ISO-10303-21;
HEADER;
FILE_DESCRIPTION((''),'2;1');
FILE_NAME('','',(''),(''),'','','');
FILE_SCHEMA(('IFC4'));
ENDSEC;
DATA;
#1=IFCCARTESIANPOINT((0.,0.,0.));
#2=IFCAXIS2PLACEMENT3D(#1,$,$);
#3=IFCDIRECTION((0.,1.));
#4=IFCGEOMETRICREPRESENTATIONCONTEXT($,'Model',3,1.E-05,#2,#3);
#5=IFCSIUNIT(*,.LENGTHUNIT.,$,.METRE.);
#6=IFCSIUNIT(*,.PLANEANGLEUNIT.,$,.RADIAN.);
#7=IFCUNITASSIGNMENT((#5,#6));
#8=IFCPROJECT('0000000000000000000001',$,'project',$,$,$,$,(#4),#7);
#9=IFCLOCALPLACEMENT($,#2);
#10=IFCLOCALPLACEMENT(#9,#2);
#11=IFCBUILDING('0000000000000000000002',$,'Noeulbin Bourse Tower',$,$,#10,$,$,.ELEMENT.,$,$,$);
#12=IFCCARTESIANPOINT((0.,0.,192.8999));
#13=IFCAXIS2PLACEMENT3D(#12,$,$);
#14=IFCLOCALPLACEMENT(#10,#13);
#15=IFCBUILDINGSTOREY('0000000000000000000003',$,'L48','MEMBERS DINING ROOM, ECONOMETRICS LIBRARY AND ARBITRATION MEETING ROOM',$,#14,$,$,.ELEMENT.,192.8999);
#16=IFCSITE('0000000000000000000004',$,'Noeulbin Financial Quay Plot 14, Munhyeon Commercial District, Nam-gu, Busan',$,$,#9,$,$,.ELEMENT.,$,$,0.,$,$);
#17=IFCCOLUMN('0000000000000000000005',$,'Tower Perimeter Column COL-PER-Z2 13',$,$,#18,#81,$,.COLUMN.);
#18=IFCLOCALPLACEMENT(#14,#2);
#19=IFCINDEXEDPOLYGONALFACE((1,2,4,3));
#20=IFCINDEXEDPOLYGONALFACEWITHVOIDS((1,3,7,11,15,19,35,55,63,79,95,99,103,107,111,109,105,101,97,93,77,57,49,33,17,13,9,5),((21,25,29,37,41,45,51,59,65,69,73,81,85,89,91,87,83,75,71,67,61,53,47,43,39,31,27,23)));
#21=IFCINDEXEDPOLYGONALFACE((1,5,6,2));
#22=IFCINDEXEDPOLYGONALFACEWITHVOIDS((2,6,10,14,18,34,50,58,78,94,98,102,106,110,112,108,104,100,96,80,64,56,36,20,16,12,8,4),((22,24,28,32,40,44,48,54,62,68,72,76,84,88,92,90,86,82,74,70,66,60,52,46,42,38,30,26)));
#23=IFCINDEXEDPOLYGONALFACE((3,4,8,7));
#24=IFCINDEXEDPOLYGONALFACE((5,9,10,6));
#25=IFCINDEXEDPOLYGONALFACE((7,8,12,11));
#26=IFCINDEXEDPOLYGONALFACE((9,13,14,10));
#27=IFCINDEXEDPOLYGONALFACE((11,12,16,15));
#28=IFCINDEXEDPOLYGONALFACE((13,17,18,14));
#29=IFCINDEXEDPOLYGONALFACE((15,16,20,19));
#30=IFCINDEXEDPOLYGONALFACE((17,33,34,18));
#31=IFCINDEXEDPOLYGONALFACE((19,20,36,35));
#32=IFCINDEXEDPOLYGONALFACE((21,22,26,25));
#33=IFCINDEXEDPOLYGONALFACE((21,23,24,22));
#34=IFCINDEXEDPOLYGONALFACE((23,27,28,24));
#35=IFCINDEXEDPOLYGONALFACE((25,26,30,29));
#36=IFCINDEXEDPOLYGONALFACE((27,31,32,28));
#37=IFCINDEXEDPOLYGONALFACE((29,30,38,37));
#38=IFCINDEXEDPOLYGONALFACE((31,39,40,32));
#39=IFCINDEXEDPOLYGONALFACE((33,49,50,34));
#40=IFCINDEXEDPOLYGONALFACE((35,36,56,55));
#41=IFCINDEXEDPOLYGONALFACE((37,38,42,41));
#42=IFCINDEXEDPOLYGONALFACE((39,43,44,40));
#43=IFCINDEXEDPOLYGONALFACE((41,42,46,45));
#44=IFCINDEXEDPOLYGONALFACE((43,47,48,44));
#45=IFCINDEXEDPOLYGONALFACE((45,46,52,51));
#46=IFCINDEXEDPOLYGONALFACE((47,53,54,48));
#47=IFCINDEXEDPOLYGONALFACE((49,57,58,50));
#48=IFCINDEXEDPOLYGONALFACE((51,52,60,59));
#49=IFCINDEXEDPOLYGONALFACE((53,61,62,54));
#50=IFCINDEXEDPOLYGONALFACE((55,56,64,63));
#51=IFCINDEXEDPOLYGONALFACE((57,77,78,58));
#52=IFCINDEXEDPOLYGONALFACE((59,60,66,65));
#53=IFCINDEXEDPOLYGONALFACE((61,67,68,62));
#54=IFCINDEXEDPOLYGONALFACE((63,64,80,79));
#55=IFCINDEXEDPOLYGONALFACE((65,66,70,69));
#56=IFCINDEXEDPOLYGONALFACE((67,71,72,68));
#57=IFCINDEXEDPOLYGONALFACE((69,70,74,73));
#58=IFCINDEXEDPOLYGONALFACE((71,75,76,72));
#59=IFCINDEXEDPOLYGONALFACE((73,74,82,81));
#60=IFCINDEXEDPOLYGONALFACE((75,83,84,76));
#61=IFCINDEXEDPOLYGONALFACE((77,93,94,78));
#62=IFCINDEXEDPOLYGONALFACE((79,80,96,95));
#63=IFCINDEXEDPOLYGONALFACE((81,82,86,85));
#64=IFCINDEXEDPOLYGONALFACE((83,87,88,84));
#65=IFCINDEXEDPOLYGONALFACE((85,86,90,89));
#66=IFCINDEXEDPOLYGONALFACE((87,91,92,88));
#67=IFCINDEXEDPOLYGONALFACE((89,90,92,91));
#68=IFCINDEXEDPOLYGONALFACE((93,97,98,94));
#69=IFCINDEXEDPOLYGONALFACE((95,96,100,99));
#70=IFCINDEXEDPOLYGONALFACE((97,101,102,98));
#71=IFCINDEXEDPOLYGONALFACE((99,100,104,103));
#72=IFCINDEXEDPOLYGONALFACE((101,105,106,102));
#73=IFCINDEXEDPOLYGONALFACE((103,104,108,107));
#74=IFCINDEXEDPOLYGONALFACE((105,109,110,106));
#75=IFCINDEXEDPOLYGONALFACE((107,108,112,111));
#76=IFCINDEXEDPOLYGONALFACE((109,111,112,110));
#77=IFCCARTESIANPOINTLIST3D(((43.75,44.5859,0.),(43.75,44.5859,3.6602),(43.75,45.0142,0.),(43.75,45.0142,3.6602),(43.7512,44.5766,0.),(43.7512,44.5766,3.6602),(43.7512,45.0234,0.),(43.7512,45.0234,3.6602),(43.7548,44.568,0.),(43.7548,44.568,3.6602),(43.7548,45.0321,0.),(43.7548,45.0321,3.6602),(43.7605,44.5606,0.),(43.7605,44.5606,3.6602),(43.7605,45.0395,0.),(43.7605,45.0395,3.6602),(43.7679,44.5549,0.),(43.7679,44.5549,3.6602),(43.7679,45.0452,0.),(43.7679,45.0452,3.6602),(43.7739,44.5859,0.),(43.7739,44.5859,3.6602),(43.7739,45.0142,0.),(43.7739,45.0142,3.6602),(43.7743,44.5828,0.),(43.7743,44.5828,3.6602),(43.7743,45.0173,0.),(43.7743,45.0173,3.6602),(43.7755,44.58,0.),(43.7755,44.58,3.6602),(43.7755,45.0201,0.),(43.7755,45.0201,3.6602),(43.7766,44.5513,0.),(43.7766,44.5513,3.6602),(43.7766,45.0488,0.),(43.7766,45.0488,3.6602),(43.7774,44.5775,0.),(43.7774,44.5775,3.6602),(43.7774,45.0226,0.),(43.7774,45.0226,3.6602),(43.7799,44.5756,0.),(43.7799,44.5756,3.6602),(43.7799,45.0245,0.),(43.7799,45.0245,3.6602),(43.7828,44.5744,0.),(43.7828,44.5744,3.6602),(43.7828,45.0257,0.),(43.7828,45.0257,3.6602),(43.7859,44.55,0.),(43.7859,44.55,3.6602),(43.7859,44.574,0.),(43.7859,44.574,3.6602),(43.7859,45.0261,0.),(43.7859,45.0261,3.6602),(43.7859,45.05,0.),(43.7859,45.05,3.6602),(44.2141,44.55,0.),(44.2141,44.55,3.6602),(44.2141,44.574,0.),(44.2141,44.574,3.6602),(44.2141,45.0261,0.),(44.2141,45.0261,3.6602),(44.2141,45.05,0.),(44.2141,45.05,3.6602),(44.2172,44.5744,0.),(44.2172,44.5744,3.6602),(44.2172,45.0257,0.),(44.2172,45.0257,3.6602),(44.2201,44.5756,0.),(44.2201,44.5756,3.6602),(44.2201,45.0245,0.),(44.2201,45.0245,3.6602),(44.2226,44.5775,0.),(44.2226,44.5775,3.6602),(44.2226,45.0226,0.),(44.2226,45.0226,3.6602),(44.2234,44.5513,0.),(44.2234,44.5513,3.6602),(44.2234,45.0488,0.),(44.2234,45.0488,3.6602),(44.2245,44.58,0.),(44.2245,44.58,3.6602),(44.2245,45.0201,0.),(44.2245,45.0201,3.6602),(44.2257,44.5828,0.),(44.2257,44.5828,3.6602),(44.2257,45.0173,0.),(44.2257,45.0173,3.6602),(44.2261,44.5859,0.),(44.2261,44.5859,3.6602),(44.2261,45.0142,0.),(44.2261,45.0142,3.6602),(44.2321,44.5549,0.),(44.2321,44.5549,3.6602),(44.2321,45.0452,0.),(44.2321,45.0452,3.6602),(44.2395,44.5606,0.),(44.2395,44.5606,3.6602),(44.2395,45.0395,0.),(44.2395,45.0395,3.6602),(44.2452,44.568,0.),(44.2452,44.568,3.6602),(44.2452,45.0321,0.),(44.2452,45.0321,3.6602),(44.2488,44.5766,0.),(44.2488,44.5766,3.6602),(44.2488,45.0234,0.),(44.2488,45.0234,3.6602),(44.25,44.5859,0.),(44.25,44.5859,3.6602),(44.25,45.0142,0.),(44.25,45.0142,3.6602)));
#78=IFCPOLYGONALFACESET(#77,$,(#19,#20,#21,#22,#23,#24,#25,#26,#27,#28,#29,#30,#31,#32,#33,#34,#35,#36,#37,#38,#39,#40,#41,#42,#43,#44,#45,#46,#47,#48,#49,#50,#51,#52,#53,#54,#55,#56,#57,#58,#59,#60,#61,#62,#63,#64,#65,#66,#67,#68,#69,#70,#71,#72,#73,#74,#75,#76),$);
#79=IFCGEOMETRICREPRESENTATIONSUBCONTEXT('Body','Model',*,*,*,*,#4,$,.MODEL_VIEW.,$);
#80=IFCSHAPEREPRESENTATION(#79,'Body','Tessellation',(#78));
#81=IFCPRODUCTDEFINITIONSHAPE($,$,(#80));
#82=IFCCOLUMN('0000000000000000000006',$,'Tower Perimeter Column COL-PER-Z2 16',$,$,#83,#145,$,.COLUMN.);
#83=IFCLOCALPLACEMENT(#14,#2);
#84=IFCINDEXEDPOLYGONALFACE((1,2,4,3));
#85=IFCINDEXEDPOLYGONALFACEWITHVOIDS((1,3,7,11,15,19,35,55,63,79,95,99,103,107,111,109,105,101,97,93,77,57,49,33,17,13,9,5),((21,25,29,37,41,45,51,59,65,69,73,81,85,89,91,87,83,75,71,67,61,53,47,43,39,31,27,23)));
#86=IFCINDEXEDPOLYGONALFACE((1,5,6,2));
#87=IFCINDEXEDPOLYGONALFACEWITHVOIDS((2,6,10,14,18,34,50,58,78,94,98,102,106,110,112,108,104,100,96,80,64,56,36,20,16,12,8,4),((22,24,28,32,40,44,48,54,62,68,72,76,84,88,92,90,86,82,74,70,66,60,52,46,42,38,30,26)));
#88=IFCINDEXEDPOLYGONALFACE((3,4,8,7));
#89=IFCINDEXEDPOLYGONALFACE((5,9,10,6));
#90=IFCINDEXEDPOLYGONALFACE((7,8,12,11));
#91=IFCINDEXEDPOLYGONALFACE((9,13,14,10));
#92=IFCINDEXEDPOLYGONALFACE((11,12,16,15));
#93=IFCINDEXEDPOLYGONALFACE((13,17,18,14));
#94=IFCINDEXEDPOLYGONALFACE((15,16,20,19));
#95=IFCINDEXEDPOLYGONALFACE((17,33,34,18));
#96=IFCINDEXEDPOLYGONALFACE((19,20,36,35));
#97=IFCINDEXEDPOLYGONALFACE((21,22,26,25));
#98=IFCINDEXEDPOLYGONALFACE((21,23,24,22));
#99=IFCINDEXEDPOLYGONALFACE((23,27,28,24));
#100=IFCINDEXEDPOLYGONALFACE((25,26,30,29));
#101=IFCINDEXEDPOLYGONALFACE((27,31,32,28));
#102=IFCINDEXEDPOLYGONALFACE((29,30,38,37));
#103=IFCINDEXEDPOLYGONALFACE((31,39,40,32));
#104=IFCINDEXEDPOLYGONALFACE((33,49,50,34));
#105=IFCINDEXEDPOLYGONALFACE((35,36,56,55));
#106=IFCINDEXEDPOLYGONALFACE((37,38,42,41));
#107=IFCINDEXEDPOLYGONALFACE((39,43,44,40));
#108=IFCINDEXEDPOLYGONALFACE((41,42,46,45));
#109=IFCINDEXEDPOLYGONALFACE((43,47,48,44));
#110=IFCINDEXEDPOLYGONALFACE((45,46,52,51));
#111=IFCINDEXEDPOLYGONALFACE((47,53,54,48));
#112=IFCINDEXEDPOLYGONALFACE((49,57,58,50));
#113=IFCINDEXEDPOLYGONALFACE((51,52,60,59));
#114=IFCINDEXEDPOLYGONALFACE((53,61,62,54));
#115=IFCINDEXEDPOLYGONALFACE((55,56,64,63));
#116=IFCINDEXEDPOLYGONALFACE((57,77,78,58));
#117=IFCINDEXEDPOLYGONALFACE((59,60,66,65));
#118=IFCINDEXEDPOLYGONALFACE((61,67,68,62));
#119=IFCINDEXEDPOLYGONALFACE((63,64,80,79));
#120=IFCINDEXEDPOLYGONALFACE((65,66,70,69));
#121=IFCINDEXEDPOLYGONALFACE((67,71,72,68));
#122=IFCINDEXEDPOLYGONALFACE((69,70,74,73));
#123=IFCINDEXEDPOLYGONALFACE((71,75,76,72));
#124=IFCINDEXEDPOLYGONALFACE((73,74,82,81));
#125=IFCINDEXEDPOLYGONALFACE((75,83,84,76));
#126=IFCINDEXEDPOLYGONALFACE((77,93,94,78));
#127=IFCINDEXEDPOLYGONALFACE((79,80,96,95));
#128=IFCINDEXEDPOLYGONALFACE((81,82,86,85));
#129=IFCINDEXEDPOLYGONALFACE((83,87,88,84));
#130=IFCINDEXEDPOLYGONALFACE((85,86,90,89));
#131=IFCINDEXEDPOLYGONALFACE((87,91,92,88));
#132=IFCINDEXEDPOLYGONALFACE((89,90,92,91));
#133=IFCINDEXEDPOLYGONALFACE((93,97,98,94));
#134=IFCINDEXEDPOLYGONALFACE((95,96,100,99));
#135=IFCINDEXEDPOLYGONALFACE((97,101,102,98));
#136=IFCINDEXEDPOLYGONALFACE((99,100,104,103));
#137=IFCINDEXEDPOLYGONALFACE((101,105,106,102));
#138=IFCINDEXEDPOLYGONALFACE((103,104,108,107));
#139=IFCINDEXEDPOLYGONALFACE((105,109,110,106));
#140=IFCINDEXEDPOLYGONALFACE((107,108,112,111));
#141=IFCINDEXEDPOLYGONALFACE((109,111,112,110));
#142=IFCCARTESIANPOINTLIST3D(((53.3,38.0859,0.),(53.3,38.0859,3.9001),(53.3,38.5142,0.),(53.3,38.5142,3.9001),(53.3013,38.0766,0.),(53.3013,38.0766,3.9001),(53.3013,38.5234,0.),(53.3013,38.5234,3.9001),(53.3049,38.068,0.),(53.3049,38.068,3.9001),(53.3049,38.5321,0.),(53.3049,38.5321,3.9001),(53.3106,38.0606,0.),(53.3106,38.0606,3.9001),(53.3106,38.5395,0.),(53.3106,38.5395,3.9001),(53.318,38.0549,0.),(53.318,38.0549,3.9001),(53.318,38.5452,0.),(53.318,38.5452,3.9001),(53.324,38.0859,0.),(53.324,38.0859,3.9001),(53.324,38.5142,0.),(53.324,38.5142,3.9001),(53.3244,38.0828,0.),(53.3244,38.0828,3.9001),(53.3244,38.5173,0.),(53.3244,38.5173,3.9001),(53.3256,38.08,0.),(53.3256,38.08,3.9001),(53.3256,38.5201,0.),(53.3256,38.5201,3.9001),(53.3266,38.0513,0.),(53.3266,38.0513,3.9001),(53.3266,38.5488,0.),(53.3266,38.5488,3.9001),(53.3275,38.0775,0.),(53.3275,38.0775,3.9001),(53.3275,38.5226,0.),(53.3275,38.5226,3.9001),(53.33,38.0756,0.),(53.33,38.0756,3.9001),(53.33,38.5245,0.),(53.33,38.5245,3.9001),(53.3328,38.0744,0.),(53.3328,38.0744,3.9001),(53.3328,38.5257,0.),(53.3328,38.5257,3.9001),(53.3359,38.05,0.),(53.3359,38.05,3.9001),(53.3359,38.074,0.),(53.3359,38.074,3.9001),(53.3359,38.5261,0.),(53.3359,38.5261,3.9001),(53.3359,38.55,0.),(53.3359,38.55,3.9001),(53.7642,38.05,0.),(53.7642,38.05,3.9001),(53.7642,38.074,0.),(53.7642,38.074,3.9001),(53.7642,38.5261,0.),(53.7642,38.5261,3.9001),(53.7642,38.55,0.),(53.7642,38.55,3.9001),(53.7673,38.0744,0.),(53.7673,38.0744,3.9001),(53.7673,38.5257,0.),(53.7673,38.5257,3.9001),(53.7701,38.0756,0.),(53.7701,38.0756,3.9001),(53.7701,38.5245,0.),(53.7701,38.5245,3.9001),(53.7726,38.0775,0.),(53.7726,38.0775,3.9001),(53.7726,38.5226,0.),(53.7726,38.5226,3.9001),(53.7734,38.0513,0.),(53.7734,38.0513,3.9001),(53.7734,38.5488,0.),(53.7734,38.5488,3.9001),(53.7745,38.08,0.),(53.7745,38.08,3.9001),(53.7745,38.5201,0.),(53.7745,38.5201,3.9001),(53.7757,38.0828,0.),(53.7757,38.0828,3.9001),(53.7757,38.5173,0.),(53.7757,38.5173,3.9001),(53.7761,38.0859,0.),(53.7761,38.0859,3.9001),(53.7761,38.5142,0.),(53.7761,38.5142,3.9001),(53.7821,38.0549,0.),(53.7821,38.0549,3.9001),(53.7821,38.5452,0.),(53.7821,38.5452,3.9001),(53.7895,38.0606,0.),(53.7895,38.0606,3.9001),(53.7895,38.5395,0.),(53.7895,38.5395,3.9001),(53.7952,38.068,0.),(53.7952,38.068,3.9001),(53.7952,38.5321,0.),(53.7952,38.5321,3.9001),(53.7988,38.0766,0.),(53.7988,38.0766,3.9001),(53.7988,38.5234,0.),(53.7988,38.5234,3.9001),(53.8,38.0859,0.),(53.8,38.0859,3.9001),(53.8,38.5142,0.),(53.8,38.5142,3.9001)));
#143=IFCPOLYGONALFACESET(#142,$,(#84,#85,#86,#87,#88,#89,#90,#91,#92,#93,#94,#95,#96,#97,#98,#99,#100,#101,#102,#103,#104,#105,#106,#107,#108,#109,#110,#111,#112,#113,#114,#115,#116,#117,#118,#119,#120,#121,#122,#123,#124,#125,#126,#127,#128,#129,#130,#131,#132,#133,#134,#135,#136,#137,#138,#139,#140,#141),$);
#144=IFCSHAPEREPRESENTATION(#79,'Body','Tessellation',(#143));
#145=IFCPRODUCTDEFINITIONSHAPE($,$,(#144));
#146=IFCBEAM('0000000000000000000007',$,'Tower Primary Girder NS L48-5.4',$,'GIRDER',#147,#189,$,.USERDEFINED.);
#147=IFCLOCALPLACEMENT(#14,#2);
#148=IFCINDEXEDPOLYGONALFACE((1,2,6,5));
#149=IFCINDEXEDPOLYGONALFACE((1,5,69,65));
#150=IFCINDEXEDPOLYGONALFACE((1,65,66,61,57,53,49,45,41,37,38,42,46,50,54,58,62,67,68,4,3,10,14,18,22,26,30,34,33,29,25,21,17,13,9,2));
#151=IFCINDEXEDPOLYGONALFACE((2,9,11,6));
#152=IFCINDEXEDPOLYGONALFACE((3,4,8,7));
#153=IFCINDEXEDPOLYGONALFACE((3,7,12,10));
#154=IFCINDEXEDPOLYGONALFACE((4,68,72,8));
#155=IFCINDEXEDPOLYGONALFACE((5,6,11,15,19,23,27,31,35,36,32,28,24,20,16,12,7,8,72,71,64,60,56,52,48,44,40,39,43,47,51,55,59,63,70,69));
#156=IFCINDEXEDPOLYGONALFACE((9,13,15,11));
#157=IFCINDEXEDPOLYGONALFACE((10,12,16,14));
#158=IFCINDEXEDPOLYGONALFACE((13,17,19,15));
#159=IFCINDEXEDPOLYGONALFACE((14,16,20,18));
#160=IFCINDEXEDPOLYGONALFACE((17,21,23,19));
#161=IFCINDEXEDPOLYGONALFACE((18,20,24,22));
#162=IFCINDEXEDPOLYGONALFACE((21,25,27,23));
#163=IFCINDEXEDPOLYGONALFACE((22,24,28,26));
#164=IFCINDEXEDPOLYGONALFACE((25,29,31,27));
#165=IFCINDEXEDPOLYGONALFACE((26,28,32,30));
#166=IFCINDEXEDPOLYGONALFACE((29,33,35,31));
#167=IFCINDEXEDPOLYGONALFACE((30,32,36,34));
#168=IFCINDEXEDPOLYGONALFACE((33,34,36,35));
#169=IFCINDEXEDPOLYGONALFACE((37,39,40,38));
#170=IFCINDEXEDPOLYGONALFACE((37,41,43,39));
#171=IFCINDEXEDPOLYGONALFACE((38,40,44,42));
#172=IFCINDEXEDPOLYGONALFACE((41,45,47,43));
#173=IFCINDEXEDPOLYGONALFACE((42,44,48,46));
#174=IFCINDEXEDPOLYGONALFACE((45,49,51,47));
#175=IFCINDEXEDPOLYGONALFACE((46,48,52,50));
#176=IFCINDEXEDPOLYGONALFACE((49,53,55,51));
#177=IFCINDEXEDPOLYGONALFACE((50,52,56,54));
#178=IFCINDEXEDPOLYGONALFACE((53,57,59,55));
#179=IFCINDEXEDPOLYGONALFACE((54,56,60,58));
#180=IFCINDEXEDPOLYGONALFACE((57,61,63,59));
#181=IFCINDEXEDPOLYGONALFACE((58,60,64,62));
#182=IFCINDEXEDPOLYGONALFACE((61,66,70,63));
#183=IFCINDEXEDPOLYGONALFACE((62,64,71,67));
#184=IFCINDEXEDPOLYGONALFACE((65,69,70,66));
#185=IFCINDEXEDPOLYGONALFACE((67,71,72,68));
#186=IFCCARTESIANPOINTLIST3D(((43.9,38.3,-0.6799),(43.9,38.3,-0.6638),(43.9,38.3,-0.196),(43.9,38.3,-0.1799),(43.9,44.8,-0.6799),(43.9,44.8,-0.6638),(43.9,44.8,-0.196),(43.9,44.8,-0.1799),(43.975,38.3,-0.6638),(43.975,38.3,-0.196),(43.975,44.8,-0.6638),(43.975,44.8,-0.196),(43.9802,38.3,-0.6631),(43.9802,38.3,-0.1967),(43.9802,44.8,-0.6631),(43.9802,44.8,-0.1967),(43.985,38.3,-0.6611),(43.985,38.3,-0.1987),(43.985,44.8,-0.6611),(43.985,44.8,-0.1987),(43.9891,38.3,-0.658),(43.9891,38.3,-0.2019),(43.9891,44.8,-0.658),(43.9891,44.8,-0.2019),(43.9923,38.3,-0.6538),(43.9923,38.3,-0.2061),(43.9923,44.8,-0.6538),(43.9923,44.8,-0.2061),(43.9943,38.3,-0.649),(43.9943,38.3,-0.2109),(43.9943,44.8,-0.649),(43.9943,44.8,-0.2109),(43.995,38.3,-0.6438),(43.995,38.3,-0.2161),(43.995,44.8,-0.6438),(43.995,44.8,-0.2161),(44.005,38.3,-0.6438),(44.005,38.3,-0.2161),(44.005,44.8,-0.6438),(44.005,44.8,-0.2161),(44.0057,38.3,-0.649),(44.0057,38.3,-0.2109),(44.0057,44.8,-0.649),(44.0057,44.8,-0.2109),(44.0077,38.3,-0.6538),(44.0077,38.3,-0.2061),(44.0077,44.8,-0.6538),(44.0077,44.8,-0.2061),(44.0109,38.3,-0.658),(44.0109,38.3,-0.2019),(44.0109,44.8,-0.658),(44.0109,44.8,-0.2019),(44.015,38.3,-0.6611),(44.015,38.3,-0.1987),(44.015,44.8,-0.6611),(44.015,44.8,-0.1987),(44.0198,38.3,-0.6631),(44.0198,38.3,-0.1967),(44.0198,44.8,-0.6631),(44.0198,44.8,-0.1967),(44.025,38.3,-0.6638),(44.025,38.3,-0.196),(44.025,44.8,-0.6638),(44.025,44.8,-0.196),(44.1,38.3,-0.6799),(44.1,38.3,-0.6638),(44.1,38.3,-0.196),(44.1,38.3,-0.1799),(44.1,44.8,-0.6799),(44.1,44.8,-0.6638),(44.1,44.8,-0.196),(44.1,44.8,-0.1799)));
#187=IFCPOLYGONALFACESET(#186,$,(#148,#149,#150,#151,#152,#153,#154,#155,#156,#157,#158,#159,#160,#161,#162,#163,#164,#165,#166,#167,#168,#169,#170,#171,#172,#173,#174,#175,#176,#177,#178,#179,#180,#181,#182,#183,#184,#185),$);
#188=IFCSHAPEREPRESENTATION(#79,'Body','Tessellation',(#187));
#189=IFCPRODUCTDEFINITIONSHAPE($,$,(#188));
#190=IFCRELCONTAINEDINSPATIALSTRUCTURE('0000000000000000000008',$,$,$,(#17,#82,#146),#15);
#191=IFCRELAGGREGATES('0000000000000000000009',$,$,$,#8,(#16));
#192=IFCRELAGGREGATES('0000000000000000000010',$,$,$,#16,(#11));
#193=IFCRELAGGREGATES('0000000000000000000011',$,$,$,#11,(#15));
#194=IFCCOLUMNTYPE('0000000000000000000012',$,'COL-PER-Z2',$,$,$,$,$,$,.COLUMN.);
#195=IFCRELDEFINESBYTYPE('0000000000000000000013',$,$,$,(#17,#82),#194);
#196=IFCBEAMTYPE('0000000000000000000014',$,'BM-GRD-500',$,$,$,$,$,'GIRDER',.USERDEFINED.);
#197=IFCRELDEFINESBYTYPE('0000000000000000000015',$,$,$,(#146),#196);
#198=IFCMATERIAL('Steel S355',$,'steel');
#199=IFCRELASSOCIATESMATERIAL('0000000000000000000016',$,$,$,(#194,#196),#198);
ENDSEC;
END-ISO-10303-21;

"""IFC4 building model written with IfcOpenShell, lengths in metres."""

from ifc_helpers import new_model, si_unit, direction, frame, origin, origin_2d, place, context, subcontext, project, spatial, hollow_rectangle, i_section, extrude, material, material_profile, profile_set, type_object, element, save


model = new_model("IFC4")

# Units and contexts
model_context = context("Model", 3, precision=1e-05, world=origin(), true_north=direction((0.0, 1.0)))
body_context = subcontext(model_context, "Body", "Model", "MODEL_VIEW")
ifc_project = project(units=[si_unit("LENGTHUNIT", "METRE"), si_unit("PLANEANGLEUNIT", "RADIAN")], contexts=[model_context])

# Site, building, storey
site_placement = place(None, origin())
site = spatial("IfcSite", under=ifc_project, at=site_placement, Name="Noeulbin Financial Quay Plot 14, Munhyeon Commercial District, Nam-gu, Busan", CompositionType="ELEMENT", RefElevation=0.0)
building_placement = place(site_placement, origin())
building = spatial("IfcBuilding", under=site, at=building_placement, Name="Noeulbin Bourse Tower", CompositionType="ELEMENT")
storey_placement = place(building_placement, frame((0.0, 0.0, 192.8999)))
storey = spatial("IfcBuildingStorey", under=building, at=storey_placement, Name="L48", Description="MEMBERS DINING ROOM, ECONOMETRICS LIBRARY AND ARBITRATION MEETING ROOM", CompositionType="ELEMENT", Elevation=192.8999)

# Columns
ifc_material_1 = material(Name="Steel S355", Category="steel")
ifc_material_profile_1 = material_profile(ifc_material_1, hollow_rectangle(XDim=0.5, YDim=0.5, WallThickness=0.0239, InnerFilletRadius=0.012, OuterFilletRadius=0.0359, at=origin_2d()), Name="BOX-500x500x24", Category="LoadBearing")
ifc_profile_set_1 = profile_set([ifc_material_profile_1], Name="Steel S355")
column_type = type_object("IfcColumnType", Name="COL-PER-Z2", PredefinedType="COLUMN", material=ifc_profile_set_1)
column_1_placement = place(storey_placement, frame((44.0, 44.8, 0.0), z_axis=(0.0, 0.0, 1.0), x_axis=(1.0, 0.0, 0.0)))
element("IfcColumn", 1, at=column_1_placement, inside=storey, type_object=column_type, Name="Tower Perimeter Column COL-PER-Z2 13", PredefinedType="COLUMN", context=body_context, shape_type="SweptSolid", body=[
    extrude(hollow_rectangle(XDim=0.5, YDim=0.5, WallThickness=0.0239, InnerFilletRadius=0.012, OuterFilletRadius=0.0359, at=origin_2d()), origin(), (0.0, 0.0, 1.0), 3.6602),
])
column_2_placement = place(storey_placement, frame((53.55, 38.3, 0.0), z_axis=(0.0, 0.0, 1.0), x_axis=(1.0, 0.0, 0.0)))
element("IfcColumn", 2, at=column_2_placement, inside=storey, type_object=column_type, Name="Tower Perimeter Column COL-PER-Z2 16", PredefinedType="COLUMN", context=body_context, shape_type="SweptSolid", body=[
    extrude(hollow_rectangle(XDim=0.5, YDim=0.5, WallThickness=0.0239, InnerFilletRadius=0.012, OuterFilletRadius=0.0359, at=origin_2d()), origin(), (0.0, 0.0, 1.0), 3.9001),
])

# Beam
ifc_material_profile_2 = material_profile(ifc_material_1, i_section(OverallWidth=0.2, OverallDepth=0.5, WebThickness=0.01, FlangeThickness=0.0161, FilletRadius=0.02, at=origin_2d()), Name="H-500x200x10x16", Category="LoadBearing")
ifc_profile_set_2 = profile_set([ifc_material_profile_2], Name="Steel S355")
beam_type_1 = type_object("IfcBeamType", Name="BM-GRD-500", ElementType="GIRDER", PredefinedType="USERDEFINED", material=ifc_profile_set_2)
beam_placement = place(storey_placement, frame((44.0, 38.3, -0.4299), z_axis=(0.0, 1.0, 0.0), x_axis=(-1.0, 0.0, 0.0)))
element("IfcBeam", 3, at=beam_placement, inside=storey, type_object=beam_type_1, Name="Tower Primary Girder NS L48-5.4", ObjectType="GIRDER", PredefinedType="USERDEFINED", context=body_context, shape_type="SweptSolid", body=[
    extrude(i_section(OverallWidth=0.2, OverallDepth=0.5, WebThickness=0.01, FlangeThickness=0.0161, FilletRadius=0.02, at=origin_2d()), origin(), (0.0, 0.0, 1.0), 6.5),
])

save(model, "model.ifc")
